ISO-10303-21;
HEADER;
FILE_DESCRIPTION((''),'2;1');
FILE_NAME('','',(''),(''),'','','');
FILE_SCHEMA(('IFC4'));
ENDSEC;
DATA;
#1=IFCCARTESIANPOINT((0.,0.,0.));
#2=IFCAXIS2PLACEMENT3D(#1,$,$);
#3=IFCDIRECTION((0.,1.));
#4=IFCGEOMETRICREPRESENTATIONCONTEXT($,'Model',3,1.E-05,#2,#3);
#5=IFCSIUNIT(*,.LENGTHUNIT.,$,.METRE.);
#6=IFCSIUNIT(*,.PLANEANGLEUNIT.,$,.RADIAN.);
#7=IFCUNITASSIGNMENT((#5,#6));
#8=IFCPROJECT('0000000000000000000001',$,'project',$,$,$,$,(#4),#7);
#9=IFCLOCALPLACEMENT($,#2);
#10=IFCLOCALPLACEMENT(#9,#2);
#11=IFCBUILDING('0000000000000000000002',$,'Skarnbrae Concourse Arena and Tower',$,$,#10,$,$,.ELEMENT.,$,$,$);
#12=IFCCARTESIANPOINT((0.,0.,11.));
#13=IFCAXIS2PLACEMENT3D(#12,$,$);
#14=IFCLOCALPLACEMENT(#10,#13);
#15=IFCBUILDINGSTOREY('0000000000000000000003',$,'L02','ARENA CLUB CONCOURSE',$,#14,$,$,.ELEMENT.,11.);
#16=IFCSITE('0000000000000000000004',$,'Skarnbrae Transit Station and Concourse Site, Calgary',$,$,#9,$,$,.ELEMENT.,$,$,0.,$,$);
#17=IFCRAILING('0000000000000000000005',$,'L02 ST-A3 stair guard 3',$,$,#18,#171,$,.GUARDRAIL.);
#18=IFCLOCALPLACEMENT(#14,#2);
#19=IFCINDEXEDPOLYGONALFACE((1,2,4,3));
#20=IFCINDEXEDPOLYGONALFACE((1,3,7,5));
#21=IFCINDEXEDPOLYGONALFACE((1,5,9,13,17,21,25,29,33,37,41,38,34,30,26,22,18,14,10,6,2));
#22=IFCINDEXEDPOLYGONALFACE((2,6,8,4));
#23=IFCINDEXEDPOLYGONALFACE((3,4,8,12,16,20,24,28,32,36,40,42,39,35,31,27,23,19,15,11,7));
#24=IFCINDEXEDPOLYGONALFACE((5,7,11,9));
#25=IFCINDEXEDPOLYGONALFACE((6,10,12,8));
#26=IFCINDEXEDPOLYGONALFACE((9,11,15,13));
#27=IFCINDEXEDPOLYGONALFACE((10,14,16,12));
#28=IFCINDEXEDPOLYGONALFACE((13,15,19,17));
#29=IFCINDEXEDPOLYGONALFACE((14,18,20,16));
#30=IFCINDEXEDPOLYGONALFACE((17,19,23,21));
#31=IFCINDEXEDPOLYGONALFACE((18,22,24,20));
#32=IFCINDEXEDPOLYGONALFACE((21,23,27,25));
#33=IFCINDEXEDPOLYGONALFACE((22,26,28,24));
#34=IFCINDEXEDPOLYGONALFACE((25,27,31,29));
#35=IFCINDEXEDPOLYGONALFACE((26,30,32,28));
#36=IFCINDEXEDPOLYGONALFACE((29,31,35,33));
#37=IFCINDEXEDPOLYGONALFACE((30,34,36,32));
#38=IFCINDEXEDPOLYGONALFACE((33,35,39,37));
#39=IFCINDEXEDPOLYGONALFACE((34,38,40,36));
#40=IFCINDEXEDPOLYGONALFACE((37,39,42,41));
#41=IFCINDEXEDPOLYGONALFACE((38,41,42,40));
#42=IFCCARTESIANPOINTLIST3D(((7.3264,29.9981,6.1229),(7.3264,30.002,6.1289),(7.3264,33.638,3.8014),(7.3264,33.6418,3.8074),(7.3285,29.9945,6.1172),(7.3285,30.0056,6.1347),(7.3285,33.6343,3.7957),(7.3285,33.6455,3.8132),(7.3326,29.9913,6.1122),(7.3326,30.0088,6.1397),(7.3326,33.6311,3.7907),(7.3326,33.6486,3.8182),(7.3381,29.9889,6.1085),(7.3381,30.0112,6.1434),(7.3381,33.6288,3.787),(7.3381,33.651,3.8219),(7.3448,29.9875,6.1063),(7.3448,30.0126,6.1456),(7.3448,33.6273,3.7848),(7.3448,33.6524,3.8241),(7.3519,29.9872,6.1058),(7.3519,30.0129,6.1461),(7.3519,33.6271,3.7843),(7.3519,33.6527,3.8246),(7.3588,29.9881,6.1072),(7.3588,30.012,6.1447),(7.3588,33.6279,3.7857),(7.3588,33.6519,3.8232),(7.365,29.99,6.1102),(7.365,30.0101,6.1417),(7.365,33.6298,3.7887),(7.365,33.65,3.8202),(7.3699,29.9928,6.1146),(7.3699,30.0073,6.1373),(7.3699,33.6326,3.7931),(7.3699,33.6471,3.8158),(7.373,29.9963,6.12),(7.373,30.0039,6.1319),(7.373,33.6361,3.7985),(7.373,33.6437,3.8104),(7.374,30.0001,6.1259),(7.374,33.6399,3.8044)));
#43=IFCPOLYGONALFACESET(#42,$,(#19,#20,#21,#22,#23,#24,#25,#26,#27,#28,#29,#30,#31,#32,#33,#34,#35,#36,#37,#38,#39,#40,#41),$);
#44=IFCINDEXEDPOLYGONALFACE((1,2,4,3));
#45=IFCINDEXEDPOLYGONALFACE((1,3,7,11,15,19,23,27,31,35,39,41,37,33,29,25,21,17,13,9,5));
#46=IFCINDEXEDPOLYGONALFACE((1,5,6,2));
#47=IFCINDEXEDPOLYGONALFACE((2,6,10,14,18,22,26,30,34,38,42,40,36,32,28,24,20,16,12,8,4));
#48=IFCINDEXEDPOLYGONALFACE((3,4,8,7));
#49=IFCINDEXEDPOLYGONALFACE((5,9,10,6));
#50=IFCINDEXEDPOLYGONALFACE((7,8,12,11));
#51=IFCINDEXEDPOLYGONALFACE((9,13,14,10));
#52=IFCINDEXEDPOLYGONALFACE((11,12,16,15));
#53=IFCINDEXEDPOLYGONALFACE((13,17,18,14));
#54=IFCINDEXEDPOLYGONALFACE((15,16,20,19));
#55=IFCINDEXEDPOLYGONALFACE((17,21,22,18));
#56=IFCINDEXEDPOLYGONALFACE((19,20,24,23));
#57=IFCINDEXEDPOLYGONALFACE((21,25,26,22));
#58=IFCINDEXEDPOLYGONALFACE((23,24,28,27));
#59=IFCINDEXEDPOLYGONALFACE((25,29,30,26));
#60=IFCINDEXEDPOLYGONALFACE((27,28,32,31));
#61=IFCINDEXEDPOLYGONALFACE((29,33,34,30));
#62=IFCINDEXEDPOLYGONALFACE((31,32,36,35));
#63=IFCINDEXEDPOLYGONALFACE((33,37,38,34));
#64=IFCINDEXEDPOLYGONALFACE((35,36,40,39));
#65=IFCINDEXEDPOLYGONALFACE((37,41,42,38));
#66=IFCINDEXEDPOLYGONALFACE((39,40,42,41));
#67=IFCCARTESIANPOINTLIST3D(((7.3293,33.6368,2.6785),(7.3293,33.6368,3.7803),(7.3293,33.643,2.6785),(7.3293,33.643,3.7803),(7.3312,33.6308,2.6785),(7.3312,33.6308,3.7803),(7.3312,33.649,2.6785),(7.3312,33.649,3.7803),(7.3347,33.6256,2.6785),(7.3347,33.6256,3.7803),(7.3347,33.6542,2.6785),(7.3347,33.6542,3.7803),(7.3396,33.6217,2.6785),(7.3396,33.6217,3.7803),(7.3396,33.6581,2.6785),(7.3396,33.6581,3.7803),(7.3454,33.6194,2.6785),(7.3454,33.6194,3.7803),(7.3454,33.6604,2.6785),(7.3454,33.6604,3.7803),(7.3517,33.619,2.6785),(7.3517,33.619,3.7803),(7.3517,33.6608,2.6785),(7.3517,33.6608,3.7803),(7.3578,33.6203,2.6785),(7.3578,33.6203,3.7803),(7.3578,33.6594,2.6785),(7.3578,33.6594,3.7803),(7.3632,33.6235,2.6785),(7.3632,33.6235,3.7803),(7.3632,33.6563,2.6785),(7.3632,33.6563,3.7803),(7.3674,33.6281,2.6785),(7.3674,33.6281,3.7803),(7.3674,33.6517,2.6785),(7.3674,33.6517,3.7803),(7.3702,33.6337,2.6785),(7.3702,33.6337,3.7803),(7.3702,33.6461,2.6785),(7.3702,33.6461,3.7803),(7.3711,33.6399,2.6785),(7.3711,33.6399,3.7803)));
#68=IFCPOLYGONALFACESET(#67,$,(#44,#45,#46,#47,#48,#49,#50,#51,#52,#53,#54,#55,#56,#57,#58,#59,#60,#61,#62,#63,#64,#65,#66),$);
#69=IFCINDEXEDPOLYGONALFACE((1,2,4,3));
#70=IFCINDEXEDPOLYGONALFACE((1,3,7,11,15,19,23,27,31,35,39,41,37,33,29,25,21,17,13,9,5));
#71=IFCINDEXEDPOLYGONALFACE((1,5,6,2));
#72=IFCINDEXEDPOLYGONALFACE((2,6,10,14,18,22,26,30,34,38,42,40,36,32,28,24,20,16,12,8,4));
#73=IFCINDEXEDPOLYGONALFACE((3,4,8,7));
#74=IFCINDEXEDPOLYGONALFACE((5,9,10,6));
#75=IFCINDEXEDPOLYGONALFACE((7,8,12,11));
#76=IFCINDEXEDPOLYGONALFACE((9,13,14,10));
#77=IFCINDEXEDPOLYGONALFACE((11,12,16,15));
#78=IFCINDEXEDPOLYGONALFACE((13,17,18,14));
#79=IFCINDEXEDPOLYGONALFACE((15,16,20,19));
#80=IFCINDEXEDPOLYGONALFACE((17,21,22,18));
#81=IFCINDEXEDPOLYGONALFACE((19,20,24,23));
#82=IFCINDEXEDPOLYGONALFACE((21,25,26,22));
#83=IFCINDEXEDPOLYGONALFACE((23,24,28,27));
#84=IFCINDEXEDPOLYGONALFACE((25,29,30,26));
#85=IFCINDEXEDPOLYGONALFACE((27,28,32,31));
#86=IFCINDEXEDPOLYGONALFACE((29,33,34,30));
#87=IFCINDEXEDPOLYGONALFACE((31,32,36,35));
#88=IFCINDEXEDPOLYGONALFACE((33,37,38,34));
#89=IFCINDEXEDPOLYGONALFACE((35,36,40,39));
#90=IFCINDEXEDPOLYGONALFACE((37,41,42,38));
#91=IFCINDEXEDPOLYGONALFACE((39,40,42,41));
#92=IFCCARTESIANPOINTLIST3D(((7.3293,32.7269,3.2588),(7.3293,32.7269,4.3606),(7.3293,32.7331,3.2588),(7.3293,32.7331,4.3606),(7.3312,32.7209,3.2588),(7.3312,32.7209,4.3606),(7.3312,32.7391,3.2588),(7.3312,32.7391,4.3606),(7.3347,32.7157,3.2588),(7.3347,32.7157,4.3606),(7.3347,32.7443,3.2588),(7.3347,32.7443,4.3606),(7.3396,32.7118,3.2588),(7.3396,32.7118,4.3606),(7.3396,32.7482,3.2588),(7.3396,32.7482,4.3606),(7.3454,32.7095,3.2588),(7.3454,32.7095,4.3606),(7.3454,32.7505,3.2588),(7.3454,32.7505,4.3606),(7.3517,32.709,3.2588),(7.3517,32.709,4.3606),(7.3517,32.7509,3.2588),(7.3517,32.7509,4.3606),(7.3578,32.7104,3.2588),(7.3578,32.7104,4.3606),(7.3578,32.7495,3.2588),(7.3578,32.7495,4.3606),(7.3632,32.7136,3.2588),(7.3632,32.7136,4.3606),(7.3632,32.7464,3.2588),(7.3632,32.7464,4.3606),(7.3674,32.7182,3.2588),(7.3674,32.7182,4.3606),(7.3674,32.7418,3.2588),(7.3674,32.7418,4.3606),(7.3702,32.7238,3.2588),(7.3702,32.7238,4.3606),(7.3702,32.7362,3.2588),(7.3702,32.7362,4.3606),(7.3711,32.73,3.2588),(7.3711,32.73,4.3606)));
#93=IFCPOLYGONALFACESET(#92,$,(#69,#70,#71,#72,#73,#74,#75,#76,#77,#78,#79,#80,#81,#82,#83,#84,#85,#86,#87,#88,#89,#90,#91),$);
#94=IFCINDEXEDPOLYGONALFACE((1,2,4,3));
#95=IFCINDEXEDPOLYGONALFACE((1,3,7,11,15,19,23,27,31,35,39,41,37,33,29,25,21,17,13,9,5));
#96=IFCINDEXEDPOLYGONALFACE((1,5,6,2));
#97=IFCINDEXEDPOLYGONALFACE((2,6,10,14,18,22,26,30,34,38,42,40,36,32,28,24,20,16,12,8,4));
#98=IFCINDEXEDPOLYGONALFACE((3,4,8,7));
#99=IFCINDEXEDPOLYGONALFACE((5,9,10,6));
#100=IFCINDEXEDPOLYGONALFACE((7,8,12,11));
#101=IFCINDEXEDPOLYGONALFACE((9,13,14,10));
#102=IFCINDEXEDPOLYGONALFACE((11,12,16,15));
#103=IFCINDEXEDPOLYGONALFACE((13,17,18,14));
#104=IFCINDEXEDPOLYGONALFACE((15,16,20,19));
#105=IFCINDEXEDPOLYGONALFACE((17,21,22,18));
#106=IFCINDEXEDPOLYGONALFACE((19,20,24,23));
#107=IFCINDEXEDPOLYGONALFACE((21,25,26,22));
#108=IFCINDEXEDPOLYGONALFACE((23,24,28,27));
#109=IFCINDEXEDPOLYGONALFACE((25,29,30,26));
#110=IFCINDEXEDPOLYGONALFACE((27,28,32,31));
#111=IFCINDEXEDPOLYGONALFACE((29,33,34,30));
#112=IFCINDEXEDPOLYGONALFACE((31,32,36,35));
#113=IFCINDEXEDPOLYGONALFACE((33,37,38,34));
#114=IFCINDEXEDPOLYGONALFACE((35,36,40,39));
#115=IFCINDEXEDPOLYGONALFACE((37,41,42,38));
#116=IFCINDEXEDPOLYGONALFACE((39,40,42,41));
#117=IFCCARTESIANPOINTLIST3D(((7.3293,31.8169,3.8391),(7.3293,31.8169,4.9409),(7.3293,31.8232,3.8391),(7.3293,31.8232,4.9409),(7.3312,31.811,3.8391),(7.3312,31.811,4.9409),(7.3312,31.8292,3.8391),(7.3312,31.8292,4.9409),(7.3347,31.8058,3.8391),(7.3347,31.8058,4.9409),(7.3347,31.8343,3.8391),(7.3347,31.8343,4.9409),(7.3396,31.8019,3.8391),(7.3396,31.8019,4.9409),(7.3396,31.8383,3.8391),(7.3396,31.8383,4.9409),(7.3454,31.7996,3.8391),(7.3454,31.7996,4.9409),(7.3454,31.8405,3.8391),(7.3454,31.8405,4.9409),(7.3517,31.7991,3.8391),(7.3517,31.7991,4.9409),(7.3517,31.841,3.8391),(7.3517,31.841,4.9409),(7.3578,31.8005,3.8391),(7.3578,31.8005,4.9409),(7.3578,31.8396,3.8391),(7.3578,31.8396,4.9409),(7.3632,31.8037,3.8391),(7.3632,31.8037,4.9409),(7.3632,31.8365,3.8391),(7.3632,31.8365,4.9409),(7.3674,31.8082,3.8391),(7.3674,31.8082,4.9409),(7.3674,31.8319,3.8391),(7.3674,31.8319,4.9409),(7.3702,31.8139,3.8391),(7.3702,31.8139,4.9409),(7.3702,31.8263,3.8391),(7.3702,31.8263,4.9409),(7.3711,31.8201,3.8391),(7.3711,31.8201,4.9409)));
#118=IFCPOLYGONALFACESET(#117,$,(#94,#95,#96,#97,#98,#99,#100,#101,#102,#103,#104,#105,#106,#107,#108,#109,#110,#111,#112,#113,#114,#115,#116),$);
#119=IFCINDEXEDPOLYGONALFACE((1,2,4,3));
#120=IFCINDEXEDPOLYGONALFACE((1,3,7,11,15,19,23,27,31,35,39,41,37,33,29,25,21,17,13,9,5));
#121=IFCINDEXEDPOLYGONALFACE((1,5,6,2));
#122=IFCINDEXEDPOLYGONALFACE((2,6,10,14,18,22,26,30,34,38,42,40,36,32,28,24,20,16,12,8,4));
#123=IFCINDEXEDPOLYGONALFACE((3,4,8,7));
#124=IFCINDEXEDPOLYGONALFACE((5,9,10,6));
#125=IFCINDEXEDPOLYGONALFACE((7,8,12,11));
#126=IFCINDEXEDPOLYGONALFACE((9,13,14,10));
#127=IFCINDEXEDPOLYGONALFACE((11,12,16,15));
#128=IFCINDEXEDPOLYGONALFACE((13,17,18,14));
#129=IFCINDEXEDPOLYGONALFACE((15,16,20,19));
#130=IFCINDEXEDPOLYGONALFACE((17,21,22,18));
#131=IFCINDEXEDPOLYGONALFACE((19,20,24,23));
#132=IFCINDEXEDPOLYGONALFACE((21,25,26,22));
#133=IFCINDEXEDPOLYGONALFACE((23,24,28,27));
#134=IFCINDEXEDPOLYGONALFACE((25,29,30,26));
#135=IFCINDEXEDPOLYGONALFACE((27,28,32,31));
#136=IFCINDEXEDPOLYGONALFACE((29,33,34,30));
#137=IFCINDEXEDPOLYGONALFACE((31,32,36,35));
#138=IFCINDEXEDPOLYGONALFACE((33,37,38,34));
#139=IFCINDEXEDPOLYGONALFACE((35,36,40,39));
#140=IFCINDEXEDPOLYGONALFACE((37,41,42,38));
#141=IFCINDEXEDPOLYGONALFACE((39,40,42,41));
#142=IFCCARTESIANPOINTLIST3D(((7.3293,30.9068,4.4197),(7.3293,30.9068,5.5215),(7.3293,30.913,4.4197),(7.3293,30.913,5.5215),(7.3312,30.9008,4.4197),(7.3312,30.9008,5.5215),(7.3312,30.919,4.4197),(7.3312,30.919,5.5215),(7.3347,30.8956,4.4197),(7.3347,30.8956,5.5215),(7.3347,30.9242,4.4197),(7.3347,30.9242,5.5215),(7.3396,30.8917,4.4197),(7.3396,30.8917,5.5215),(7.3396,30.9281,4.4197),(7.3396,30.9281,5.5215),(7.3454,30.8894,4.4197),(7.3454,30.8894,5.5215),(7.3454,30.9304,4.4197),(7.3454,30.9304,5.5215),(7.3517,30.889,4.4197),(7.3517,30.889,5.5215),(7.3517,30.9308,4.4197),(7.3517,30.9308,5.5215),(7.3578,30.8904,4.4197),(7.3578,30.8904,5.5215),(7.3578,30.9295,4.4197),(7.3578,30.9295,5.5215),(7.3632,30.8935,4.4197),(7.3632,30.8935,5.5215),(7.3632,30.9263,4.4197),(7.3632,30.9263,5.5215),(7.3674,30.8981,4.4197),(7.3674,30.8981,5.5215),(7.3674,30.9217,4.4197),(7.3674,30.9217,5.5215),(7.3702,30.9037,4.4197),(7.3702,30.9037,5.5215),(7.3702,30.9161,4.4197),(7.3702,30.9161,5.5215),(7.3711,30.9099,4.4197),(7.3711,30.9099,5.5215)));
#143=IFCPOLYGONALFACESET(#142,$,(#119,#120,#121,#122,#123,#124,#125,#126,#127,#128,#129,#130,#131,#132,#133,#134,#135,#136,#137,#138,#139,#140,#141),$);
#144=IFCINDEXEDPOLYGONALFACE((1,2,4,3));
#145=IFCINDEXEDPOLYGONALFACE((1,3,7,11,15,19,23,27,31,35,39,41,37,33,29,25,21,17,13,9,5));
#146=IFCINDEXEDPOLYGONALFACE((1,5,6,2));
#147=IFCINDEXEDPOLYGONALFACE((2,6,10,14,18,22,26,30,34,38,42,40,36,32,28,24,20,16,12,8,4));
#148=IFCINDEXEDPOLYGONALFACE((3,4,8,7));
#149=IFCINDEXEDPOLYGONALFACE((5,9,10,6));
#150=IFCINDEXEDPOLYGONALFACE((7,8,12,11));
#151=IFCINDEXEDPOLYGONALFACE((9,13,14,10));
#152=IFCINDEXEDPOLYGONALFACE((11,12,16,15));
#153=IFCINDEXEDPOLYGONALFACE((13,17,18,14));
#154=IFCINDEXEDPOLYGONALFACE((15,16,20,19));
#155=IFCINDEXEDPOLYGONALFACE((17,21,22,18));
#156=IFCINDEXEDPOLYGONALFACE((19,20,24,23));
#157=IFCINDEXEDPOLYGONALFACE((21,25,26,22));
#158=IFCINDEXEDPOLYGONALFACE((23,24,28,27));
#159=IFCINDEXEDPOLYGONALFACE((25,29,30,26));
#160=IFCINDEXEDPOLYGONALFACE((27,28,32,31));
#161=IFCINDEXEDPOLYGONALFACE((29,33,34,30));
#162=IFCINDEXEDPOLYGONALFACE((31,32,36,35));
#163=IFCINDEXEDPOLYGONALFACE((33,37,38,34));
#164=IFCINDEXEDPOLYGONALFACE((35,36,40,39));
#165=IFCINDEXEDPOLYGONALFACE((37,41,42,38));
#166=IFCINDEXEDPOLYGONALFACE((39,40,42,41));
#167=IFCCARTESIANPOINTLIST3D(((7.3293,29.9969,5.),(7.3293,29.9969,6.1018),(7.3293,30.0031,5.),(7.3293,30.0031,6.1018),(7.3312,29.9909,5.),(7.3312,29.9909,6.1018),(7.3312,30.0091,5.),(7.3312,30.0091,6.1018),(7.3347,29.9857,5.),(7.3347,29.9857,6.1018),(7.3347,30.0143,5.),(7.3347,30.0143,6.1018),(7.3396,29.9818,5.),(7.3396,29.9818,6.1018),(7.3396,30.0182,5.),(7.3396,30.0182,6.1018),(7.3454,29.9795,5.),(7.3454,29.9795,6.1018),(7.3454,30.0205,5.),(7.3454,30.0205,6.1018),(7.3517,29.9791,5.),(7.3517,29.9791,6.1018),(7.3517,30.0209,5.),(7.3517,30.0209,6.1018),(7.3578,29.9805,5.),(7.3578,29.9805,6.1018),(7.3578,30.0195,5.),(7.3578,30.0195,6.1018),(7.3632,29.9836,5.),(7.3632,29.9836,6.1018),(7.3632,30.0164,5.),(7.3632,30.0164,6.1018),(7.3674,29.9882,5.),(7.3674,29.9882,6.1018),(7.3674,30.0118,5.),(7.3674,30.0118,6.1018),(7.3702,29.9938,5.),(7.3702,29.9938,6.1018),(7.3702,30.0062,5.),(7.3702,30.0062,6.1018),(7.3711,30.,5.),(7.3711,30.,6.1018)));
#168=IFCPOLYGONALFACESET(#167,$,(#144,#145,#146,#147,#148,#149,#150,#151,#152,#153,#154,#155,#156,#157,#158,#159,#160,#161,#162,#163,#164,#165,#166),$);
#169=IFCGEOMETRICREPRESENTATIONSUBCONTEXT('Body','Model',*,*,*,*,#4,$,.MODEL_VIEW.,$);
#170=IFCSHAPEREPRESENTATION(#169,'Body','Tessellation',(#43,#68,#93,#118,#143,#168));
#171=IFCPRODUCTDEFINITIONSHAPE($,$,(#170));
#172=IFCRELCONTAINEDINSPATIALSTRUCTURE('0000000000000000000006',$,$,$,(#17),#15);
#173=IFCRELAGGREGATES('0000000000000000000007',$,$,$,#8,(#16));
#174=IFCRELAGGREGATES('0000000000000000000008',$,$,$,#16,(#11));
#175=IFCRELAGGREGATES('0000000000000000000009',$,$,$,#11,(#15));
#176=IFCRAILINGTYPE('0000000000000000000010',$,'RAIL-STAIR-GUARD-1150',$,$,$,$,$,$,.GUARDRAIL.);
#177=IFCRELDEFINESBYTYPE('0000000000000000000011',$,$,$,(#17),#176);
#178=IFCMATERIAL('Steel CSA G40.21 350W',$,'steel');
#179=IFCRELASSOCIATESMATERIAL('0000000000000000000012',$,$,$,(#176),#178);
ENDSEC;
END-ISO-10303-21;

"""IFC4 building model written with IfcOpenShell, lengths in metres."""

from ifc_helpers import new_model, si_unit, direction, frame, origin, origin_2d, place, context, subcontext, project, spatial, circle, extrude, material, type_object, element, save


model = new_model("IFC4")

# Units and contexts
model_context = context("Model", 3, precision=1e-05, world=origin(), true_north=direction((0.0, 1.0)))
body_context = subcontext(model_context, "Body", "Model", "MODEL_VIEW")
ifc_project = project(units=[si_unit("LENGTHUNIT", "METRE"), si_unit("PLANEANGLEUNIT", "RADIAN")], contexts=[model_context])

# Site, building, storey
site_placement = place(None, origin())
site = spatial("IfcSite", under=ifc_project, at=site_placement, Name="Skarnbrae Transit Station and Concourse Site, Calgary", CompositionType="ELEMENT", RefElevation=0.0)
building_placement = place(site_placement, origin())
building = spatial("IfcBuilding", under=site, at=building_placement, Name="Skarnbrae Concourse Arena and Tower", CompositionType="ELEMENT")
storey_placement = place(building_placement, frame((0.0, 0.0, 11.0)))
storey = spatial("IfcBuildingStorey", under=building, at=storey_placement, Name="L02", Description="ARENA CLUB CONCOURSE", CompositionType="ELEMENT", Elevation=11.0)

# Shared definitions
ifc_material_1 = material(Name="Steel CSA G40.21 350W", Category="steel")

# Railing
railing_type_1 = type_object("IfcRailingType", Name="RAIL-STAIR-GUARD-1150", PredefinedType="GUARDRAIL", material=ifc_material_1)
railing_1_placement = place(storey_placement, frame((7.3501, 33.6399, 2.6785)))
element("IfcRailing", 1, at=railing_1_placement, inside=storey, type_object=railing_type_1, Name="L02 ST-A3 stair guard 3", PredefinedType="GUARDRAIL", context=body_context, shape_type="SweptSolid", body=[
    extrude(circle(Radius=0.0239, at=origin_2d()), frame((0.0, 0.0, 1.126), z_axis=(0.0, -0.843112, 0.537739), x_axis=(1.0, 0.0, 0.0)), (0.0, 0.0, 1.0), 4.3171),
    extrude(circle(Radius=0.021, at=origin_2d()), origin(), (0.0, 0.0, 1.0), 1.1018),
    extrude(circle(Radius=0.021, at=origin_2d()), frame((0.0, -0.9099, 0.5803)), (0.0, 0.0, 1.0), 1.1018),
    extrude(circle(Radius=0.021, at=origin_2d()), frame((0.0, -1.8198, 1.1606)), (0.0, 0.0, 1.0), 1.1018),
    extrude(circle(Radius=0.021, at=origin_2d()), frame((0.0, -2.73, 1.7412)), (0.0, 0.0, 1.0), 1.1018),
    extrude(circle(Radius=0.021, at=origin_2d()), frame((0.0, -3.6399, 2.3215)), (0.0, 0.0, 1.0), 1.1018),
])

save(model, "model.ifc")
